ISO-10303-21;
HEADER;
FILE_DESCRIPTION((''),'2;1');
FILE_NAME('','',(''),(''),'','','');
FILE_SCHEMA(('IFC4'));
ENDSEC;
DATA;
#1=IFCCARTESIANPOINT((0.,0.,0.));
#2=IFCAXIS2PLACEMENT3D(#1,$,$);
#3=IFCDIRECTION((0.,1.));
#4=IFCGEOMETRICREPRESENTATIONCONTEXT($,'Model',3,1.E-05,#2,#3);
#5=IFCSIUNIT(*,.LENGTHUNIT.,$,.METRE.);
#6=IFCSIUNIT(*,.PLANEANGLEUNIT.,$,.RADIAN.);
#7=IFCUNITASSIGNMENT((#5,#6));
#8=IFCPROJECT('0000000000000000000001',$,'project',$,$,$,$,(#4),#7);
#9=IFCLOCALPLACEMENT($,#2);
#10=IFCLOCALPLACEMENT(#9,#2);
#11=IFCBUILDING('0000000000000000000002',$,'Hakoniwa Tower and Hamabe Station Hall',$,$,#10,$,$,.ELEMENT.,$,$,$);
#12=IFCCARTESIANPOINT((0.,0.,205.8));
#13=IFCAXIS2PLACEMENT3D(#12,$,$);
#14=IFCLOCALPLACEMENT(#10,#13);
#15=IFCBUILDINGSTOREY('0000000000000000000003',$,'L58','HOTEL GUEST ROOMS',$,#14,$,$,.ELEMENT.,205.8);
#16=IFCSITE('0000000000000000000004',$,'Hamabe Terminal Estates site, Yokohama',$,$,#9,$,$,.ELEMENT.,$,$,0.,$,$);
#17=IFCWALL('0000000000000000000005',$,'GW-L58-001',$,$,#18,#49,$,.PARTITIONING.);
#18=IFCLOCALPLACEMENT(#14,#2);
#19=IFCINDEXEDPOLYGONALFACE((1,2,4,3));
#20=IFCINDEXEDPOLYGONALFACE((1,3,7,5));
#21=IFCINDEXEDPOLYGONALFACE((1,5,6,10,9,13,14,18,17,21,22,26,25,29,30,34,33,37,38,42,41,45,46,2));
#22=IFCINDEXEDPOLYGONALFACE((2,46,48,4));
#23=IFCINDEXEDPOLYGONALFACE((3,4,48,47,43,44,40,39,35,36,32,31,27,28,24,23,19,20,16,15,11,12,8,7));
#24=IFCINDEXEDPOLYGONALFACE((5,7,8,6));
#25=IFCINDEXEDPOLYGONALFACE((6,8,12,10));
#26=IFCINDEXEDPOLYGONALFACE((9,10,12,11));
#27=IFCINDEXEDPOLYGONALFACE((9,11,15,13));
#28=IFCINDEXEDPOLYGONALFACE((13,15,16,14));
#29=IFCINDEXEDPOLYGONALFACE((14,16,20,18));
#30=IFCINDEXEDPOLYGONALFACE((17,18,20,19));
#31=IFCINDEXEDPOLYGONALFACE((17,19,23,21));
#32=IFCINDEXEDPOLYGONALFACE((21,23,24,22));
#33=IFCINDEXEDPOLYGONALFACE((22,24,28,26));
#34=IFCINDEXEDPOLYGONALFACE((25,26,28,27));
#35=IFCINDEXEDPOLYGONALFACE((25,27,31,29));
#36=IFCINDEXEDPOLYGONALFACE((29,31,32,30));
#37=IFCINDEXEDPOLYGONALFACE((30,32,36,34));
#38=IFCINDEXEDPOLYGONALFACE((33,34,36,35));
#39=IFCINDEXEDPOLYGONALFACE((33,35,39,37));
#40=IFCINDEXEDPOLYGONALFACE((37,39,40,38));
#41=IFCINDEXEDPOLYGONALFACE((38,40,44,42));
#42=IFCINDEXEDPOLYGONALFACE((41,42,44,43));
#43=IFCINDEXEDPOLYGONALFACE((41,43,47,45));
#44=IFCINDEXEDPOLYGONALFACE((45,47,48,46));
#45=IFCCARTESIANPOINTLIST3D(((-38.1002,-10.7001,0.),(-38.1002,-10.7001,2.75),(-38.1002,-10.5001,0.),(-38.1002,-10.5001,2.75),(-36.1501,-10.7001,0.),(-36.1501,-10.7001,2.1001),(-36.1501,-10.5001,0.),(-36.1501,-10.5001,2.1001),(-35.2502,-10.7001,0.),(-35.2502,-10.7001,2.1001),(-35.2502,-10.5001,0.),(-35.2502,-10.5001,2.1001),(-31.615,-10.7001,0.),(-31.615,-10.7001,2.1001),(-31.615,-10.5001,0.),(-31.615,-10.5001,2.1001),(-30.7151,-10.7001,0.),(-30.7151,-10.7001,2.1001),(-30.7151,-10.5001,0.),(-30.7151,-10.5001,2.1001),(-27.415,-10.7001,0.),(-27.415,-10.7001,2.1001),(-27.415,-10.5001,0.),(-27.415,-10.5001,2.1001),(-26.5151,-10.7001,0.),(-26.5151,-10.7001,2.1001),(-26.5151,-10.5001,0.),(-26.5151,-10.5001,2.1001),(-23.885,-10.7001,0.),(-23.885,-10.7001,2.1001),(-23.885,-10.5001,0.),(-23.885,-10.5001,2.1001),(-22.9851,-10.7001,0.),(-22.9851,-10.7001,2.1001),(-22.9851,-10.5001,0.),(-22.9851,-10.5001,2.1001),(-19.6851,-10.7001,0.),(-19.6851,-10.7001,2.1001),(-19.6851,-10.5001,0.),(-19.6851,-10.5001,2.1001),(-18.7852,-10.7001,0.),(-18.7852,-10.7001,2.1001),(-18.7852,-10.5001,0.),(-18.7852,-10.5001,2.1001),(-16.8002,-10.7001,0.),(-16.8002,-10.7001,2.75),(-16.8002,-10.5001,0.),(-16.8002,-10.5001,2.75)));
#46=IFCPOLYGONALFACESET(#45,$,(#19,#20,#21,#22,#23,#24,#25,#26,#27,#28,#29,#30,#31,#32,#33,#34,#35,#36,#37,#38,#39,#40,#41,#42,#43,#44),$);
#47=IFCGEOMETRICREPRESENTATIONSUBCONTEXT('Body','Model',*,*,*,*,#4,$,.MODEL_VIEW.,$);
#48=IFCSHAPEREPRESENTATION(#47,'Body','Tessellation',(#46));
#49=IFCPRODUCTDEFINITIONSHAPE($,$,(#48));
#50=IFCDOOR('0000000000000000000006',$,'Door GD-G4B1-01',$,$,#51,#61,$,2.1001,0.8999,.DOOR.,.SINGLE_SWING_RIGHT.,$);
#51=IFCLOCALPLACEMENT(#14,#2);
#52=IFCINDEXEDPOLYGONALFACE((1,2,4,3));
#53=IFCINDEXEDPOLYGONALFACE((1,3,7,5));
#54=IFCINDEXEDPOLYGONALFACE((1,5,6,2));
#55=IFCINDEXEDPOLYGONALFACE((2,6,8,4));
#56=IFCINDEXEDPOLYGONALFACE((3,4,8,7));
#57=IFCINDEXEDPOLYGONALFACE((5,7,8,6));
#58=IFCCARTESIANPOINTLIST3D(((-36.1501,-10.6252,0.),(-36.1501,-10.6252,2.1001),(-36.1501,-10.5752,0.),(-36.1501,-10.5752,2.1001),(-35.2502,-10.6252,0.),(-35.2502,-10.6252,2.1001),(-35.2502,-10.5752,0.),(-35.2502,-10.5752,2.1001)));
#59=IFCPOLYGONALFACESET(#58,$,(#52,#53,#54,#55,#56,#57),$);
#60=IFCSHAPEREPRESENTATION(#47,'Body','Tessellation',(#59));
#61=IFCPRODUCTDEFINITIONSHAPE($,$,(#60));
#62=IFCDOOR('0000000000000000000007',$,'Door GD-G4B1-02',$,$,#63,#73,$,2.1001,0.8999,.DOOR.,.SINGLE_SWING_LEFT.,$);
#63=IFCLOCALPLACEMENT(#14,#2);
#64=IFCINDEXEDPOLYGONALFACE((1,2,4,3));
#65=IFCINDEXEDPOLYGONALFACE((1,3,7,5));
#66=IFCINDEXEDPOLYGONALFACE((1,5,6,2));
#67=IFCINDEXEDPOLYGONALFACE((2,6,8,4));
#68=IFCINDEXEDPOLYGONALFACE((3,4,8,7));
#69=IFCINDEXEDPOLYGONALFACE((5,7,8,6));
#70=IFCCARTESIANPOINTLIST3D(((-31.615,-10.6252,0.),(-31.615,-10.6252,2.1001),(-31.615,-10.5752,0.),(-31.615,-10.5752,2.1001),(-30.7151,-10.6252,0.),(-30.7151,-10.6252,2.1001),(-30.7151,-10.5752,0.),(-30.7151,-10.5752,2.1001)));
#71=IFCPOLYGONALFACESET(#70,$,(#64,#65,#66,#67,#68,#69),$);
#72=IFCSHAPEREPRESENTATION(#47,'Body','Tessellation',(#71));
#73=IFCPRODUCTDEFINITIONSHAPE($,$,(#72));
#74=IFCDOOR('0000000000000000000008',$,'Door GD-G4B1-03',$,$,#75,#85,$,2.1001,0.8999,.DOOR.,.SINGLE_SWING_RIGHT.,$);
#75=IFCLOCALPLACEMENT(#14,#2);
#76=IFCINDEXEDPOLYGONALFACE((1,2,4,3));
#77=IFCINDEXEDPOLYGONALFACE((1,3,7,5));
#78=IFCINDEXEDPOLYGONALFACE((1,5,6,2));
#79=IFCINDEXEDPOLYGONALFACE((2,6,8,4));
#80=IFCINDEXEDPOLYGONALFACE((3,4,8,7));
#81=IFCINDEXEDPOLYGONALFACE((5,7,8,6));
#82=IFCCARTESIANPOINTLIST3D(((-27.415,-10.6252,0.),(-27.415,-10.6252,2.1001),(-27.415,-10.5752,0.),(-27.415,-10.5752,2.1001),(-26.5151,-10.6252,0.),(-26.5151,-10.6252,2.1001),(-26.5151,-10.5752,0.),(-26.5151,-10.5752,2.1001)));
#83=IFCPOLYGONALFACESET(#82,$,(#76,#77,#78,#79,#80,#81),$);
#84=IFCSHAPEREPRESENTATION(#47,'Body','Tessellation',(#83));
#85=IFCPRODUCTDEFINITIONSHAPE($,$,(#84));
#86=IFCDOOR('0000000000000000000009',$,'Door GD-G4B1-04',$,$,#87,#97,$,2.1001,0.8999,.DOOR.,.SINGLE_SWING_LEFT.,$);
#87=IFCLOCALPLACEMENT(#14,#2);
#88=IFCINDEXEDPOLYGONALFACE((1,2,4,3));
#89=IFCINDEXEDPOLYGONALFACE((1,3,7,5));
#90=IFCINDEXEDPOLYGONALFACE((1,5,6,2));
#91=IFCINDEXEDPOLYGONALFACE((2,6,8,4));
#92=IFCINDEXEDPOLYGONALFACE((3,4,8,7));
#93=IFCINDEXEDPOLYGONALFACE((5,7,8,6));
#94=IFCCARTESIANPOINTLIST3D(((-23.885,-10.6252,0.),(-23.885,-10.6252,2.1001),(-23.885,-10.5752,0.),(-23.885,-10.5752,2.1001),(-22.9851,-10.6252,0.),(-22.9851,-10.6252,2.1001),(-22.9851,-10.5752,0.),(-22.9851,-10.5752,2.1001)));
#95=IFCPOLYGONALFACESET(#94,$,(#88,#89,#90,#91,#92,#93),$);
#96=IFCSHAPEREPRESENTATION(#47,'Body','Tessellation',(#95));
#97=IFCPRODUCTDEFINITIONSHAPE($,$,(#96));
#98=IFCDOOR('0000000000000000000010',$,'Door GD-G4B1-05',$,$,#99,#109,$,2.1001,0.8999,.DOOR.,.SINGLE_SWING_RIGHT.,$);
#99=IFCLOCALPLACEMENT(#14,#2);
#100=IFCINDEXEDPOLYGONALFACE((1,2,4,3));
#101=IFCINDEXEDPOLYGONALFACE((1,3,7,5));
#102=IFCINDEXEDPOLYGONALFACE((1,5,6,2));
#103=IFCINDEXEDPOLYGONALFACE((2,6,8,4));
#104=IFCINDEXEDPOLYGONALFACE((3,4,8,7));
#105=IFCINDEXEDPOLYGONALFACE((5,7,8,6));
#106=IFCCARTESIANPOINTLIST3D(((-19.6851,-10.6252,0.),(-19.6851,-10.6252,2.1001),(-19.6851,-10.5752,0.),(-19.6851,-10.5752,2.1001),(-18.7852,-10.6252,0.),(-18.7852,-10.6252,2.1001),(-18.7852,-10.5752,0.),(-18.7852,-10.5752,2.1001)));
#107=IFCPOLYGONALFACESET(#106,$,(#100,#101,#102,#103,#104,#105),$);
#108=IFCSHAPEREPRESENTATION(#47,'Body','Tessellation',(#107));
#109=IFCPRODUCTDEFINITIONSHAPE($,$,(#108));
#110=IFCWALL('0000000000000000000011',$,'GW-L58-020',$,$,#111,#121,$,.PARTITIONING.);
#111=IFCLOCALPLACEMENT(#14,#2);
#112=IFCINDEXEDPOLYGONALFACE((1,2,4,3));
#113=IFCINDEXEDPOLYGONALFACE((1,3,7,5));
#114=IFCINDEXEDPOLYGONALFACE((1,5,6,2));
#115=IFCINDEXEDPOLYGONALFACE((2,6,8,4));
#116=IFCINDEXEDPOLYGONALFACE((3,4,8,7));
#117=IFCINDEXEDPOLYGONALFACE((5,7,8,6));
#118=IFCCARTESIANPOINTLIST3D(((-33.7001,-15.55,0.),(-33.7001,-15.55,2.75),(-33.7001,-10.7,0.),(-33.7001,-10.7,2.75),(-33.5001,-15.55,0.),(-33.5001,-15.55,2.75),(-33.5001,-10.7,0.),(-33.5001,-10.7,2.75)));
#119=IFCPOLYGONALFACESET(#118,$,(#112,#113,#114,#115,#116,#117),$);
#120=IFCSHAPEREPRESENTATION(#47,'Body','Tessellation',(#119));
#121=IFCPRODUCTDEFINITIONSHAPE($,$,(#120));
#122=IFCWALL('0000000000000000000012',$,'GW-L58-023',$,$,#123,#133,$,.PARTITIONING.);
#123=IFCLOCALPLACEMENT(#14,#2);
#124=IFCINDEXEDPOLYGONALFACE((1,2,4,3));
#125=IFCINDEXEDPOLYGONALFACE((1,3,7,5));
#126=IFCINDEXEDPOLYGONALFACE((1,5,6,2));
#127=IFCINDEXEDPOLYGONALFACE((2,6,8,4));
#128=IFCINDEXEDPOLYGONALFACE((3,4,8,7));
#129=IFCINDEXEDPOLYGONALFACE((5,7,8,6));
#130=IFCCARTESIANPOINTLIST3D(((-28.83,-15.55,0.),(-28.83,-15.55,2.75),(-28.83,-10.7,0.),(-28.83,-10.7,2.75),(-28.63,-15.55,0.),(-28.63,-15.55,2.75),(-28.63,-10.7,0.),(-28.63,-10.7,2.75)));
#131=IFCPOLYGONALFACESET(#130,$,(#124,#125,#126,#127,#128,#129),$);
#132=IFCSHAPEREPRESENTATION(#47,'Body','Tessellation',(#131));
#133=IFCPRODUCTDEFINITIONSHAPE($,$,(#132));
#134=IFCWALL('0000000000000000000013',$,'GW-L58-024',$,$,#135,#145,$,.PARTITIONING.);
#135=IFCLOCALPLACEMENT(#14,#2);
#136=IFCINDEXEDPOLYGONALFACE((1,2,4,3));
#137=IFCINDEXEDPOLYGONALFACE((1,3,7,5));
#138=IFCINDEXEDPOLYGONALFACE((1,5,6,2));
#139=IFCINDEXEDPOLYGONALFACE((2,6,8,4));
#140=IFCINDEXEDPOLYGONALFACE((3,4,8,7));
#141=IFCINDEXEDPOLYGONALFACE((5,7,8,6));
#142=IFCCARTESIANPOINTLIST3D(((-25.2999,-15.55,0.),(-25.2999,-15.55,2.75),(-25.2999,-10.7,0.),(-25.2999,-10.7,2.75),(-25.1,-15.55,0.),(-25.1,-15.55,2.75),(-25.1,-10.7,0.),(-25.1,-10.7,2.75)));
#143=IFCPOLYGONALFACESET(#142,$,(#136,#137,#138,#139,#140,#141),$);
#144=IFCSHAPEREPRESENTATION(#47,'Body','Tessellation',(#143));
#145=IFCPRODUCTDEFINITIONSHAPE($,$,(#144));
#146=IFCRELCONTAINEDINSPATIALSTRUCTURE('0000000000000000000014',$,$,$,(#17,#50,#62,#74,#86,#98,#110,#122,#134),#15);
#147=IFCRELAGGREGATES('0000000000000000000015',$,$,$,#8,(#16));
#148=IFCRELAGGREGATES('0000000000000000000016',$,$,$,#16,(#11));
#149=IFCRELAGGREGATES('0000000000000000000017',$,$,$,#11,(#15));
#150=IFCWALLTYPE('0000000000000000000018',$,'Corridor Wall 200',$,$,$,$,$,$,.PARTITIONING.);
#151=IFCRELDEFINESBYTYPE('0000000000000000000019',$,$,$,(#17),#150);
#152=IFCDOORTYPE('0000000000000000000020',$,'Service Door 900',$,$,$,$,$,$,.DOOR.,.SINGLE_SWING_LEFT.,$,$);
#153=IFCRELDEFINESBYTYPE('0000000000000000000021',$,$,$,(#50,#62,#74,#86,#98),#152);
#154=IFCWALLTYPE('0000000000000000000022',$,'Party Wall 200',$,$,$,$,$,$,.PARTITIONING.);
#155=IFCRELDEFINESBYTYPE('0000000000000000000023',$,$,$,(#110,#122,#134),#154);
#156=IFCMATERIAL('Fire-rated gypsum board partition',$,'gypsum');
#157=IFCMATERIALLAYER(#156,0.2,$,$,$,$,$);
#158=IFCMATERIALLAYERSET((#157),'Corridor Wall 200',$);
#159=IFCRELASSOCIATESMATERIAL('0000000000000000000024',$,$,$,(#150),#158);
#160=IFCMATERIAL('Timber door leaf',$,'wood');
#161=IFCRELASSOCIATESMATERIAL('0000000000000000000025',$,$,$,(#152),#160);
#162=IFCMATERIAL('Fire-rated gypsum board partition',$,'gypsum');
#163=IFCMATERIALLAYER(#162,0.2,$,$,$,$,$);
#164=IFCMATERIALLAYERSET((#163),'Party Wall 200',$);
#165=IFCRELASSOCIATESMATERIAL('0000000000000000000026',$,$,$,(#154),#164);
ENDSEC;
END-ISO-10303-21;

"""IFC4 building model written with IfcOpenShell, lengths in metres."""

from ifc_helpers import new_model, si_unit, direction, frame, frame_2d, origin, place, context, subcontext, project, spatial, rectangle, extrude, material, layer, layer_set, type_object, element, fill, save


model = new_model("IFC4")

# Units and contexts
model_context = context("Model", 3, precision=1e-05, world=origin(), true_north=direction((0.0, 1.0)))
body_context = subcontext(model_context, "Body", "Model", "MODEL_VIEW")
ifc_project = project(units=[si_unit("LENGTHUNIT", "METRE"), si_unit("PLANEANGLEUNIT", "RADIAN")], contexts=[model_context])

# Site, building, storey
site_placement = place(None, origin())
site = spatial("IfcSite", under=ifc_project, at=site_placement, Name="Hamabe Terminal Estates site, Yokohama", CompositionType="ELEMENT", RefElevation=0.0)
building_placement = place(site_placement, origin())
building = spatial("IfcBuilding", under=site, at=building_placement, Name="Hakoniwa Tower and Hamabe Station Hall", CompositionType="ELEMENT")
storey_placement = place(building_placement, frame((0.0, 0.0, 205.8)))
storey = spatial("IfcBuildingStorey", under=building, at=storey_placement, Name="L58", Description="HOTEL GUEST ROOMS", CompositionType="ELEMENT", Elevation=205.8)

# Wall, openings, doors
ifc_material_1 = material(Name="Fire-rated gypsum board partition", Category="gypsum")
ifc_layer_1 = layer(ifc_material_1, 0.2)
ifc_layer_set_1 = layer_set([ifc_layer_1], Name="Corridor Wall 200")
wall_type_1 = type_object("IfcWallType", Name="Corridor Wall 200", PredefinedType="PARTITIONING", material=ifc_layer_set_1)
wall_1_placement = place(storey_placement, frame((-38.1001, -10.6001, 0.0), z_axis=(0.0, 0.0, 1.0), x_axis=(1.0, 0.0, 0.0)))
wall_1 = element("IfcWall", 1, at=wall_1_placement, inside=storey, type_object=wall_type_1, Name="GW-L58-001", PredefinedType="PARTITIONING", context=body_context, shape_type="SweptSolid", body=[
    extrude(rectangle(XDim=21.3, YDim=0.2, at=frame_2d((10.6499, 0.0))), origin(), (0.0, 0.0, 1.0), 2.75),
])
opening_1_placement = place(wall_1_placement, frame((1.95, 0.0, 0.0)))
opening_1 = element("IfcOpeningElement", 2, at=opening_1_placement, cuts=wall_1, PredefinedType="OPENING", context=body_context, shape_type="SweptSolid", body=[
    extrude(rectangle(XDim=0.8999, YDim=2.1001, at=frame_2d((0.45, 1.05))), frame((0.0, 0.1099, 0.0), z_axis=(0.0, -1.0, 0.0), x_axis=(1.0, 0.0, 0.0)), (0.0, 0.0, 1.0), 0.22),
])
opening_2_placement = place(wall_1_placement, frame((6.4851, 0.0, 0.0)))
opening_2 = element("IfcOpeningElement", 3, at=opening_2_placement, cuts=wall_1, PredefinedType="OPENING", context=body_context, shape_type="SweptSolid", body=[
    extrude(rectangle(XDim=0.8999, YDim=2.1001, at=frame_2d((0.45, 1.05))), frame((0.0, 0.1099, 0.0), z_axis=(0.0, -1.0, 0.0), x_axis=(1.0, 0.0, 0.0)), (0.0, 0.0, 1.0), 0.22),
])
opening_3_placement = place(wall_1_placement, frame((10.6851, 0.0, 0.0)))
opening_3 = element("IfcOpeningElement", 4, at=opening_3_placement, cuts=wall_1, PredefinedType="OPENING", context=body_context, shape_type="SweptSolid", body=[
    extrude(rectangle(XDim=0.8999, YDim=2.1001, at=frame_2d((0.45, 1.05))), frame((0.0, 0.1099, 0.0), z_axis=(0.0, -1.0, 0.0), x_axis=(1.0, 0.0, 0.0)), (0.0, 0.0, 1.0), 0.22),
])
opening_4_placement = place(wall_1_placement, frame((14.2151, 0.0, 0.0)))
opening_4 = element("IfcOpeningElement", 5, at=opening_4_placement, cuts=wall_1, PredefinedType="OPENING", context=body_context, shape_type="SweptSolid", body=[
    extrude(rectangle(XDim=0.8999, YDim=2.1001, at=frame_2d((0.45, 1.05))), frame((0.0, 0.1099, 0.0), z_axis=(0.0, -1.0, 0.0), x_axis=(1.0, 0.0, 0.0)), (0.0, 0.0, 1.0), 0.22),
])
opening_5_placement = place(wall_1_placement, frame((18.415, 0.0, 0.0)))
opening_5 = element("IfcOpeningElement", 6, at=opening_5_placement, cuts=wall_1, PredefinedType="OPENING", context=body_context, shape_type="SweptSolid", body=[
    extrude(rectangle(XDim=0.8999, YDim=2.1001, at=frame_2d((0.45, 1.05))), frame((0.0, 0.1099, 0.0), z_axis=(0.0, -1.0, 0.0), x_axis=(1.0, 0.0, 0.0)), (0.0, 0.0, 1.0), 0.22),
])
ifc_material_2 = material(Name="Timber door leaf", Category="wood")
door_type = type_object("IfcDoorType", Name="Service Door 900", OperationType="SINGLE_SWING_LEFT", PredefinedType="DOOR", material=ifc_material_2)
door_1_placement = place(opening_1_placement, origin())
door_1 = element("IfcDoor", 7, at=door_1_placement, inside=storey, type_object=door_type, Name="Door GD-G4B1-01", OperationType="SINGLE_SWING_RIGHT", OverallHeight=2.1001, OverallWidth=0.8999, PredefinedType="DOOR", context=body_context, shape_type="SweptSolid", body=[
    extrude(rectangle(XDim=0.8999, YDim=2.1001, at=frame_2d((0.45, 1.05))), frame((0.0, 0.0249, 0.0), z_axis=(0.0, -1.0, 0.0), x_axis=(1.0, 0.0, 0.0)), (0.0, 0.0, 1.0), 0.05),
])
fill(opening_1, door_1)
door_2_placement = place(opening_2_placement, origin())
door_2 = element("IfcDoor", 8, at=door_2_placement, inside=storey, type_object=door_type, Name="Door GD-G4B1-02", OperationType="SINGLE_SWING_LEFT", OverallHeight=2.1001, OverallWidth=0.8999, PredefinedType="DOOR", context=body_context, shape_type="SweptSolid", body=[
    extrude(rectangle(XDim=0.8999, YDim=2.1001, at=frame_2d((0.45, 1.05))), frame((0.0, 0.0249, 0.0), z_axis=(0.0, -1.0, 0.0), x_axis=(1.0, 0.0, 0.0)), (0.0, 0.0, 1.0), 0.05),
])
fill(opening_2, door_2)
door_3_placement = place(opening_3_placement, origin())
door_3 = element("IfcDoor", 9, at=door_3_placement, inside=storey, type_object=door_type, Name="Door GD-G4B1-03", OperationType="SINGLE_SWING_RIGHT", OverallHeight=2.1001, OverallWidth=0.8999, PredefinedType="DOOR", context=body_context, shape_type="SweptSolid", body=[
    extrude(rectangle(XDim=0.8999, YDim=2.1001, at=frame_2d((0.45, 1.05))), frame((0.0, 0.0249, 0.0), z_axis=(0.0, -1.0, 0.0), x_axis=(1.0, 0.0, 0.0)), (0.0, 0.0, 1.0), 0.05),
])
fill(opening_3, door_3)
door_4_placement = place(opening_4_placement, origin())
door_4 = element("IfcDoor", 10, at=door_4_placement, inside=storey, type_object=door_type, Name="Door GD-G4B1-04", OperationType="SINGLE_SWING_LEFT", OverallHeight=2.1001, OverallWidth=0.8999, PredefinedType="DOOR", context=body_context, shape_type="SweptSolid", body=[
    extrude(rectangle(XDim=0.8999, YDim=2.1001, at=frame_2d((0.45, 1.05))), frame((0.0, 0.0249, 0.0), z_axis=(0.0, -1.0, 0.0), x_axis=(1.0, 0.0, 0.0)), (0.0, 0.0, 1.0), 0.05),
])
fill(opening_4, door_4)
door_5_placement = place(opening_5_placement, origin())
door_5 = element("IfcDoor", 11, at=door_5_placement, inside=storey, type_object=door_type, Name="Door GD-G4B1-05", OperationType="SINGLE_SWING_RIGHT", OverallHeight=2.1001, OverallWidth=0.8999, PredefinedType="DOOR", context=body_context, shape_type="SweptSolid", body=[
    extrude(rectangle(XDim=0.8999, YDim=2.1001, at=frame_2d((0.45, 1.05))), frame((0.0, 0.0249, 0.0), z_axis=(0.0, -1.0, 0.0), x_axis=(1.0, 0.0, 0.0)), (0.0, 0.0, 1.0), 0.05),
])
fill(opening_5, door_5)

# Walls
ifc_material_3 = material(Name="Fire-rated gypsum board partition", Category="gypsum")
ifc_layer_2 = layer(ifc_material_3, 0.2)
ifc_layer_set_2 = layer_set([ifc_layer_2], Name="Party Wall 200")
wall_type_2 = type_object("IfcWallType", Name="Party Wall 200", PredefinedType="PARTITIONING", material=ifc_layer_set_2)
for number, where, z_axis, x_axis, name in (
    (12, (-33.6001, -15.55, 0.0), (0.0, 0.0, 1.0), (0.0, 1.0, 0.0), "GW-L58-020"),
    (13, (-28.73, -15.55, 0.0), (0.0, 0.0, 1.0), (0.0, 1.0, 0.0), "GW-L58-023"),
    (14, (-25.2, -15.55, 0.0), (0.0, 0.0, 1.0), (0.0, 1.0, 0.0), "GW-L58-024"),
):
    element("IfcWall", number, at=place(storey_placement, frame(where, z_axis=z_axis, x_axis=x_axis)), inside=storey, type_object=wall_type_2, Name=name, PredefinedType="PARTITIONING", context=body_context, shape_type="SweptSolid", body=[
        extrude(rectangle(XDim=4.8501, YDim=0.2, at=frame_2d((2.425, 0.0))), origin(), (0.0, 0.0, 1.0), 2.75),
    ])

save(model, "model.ifc")
